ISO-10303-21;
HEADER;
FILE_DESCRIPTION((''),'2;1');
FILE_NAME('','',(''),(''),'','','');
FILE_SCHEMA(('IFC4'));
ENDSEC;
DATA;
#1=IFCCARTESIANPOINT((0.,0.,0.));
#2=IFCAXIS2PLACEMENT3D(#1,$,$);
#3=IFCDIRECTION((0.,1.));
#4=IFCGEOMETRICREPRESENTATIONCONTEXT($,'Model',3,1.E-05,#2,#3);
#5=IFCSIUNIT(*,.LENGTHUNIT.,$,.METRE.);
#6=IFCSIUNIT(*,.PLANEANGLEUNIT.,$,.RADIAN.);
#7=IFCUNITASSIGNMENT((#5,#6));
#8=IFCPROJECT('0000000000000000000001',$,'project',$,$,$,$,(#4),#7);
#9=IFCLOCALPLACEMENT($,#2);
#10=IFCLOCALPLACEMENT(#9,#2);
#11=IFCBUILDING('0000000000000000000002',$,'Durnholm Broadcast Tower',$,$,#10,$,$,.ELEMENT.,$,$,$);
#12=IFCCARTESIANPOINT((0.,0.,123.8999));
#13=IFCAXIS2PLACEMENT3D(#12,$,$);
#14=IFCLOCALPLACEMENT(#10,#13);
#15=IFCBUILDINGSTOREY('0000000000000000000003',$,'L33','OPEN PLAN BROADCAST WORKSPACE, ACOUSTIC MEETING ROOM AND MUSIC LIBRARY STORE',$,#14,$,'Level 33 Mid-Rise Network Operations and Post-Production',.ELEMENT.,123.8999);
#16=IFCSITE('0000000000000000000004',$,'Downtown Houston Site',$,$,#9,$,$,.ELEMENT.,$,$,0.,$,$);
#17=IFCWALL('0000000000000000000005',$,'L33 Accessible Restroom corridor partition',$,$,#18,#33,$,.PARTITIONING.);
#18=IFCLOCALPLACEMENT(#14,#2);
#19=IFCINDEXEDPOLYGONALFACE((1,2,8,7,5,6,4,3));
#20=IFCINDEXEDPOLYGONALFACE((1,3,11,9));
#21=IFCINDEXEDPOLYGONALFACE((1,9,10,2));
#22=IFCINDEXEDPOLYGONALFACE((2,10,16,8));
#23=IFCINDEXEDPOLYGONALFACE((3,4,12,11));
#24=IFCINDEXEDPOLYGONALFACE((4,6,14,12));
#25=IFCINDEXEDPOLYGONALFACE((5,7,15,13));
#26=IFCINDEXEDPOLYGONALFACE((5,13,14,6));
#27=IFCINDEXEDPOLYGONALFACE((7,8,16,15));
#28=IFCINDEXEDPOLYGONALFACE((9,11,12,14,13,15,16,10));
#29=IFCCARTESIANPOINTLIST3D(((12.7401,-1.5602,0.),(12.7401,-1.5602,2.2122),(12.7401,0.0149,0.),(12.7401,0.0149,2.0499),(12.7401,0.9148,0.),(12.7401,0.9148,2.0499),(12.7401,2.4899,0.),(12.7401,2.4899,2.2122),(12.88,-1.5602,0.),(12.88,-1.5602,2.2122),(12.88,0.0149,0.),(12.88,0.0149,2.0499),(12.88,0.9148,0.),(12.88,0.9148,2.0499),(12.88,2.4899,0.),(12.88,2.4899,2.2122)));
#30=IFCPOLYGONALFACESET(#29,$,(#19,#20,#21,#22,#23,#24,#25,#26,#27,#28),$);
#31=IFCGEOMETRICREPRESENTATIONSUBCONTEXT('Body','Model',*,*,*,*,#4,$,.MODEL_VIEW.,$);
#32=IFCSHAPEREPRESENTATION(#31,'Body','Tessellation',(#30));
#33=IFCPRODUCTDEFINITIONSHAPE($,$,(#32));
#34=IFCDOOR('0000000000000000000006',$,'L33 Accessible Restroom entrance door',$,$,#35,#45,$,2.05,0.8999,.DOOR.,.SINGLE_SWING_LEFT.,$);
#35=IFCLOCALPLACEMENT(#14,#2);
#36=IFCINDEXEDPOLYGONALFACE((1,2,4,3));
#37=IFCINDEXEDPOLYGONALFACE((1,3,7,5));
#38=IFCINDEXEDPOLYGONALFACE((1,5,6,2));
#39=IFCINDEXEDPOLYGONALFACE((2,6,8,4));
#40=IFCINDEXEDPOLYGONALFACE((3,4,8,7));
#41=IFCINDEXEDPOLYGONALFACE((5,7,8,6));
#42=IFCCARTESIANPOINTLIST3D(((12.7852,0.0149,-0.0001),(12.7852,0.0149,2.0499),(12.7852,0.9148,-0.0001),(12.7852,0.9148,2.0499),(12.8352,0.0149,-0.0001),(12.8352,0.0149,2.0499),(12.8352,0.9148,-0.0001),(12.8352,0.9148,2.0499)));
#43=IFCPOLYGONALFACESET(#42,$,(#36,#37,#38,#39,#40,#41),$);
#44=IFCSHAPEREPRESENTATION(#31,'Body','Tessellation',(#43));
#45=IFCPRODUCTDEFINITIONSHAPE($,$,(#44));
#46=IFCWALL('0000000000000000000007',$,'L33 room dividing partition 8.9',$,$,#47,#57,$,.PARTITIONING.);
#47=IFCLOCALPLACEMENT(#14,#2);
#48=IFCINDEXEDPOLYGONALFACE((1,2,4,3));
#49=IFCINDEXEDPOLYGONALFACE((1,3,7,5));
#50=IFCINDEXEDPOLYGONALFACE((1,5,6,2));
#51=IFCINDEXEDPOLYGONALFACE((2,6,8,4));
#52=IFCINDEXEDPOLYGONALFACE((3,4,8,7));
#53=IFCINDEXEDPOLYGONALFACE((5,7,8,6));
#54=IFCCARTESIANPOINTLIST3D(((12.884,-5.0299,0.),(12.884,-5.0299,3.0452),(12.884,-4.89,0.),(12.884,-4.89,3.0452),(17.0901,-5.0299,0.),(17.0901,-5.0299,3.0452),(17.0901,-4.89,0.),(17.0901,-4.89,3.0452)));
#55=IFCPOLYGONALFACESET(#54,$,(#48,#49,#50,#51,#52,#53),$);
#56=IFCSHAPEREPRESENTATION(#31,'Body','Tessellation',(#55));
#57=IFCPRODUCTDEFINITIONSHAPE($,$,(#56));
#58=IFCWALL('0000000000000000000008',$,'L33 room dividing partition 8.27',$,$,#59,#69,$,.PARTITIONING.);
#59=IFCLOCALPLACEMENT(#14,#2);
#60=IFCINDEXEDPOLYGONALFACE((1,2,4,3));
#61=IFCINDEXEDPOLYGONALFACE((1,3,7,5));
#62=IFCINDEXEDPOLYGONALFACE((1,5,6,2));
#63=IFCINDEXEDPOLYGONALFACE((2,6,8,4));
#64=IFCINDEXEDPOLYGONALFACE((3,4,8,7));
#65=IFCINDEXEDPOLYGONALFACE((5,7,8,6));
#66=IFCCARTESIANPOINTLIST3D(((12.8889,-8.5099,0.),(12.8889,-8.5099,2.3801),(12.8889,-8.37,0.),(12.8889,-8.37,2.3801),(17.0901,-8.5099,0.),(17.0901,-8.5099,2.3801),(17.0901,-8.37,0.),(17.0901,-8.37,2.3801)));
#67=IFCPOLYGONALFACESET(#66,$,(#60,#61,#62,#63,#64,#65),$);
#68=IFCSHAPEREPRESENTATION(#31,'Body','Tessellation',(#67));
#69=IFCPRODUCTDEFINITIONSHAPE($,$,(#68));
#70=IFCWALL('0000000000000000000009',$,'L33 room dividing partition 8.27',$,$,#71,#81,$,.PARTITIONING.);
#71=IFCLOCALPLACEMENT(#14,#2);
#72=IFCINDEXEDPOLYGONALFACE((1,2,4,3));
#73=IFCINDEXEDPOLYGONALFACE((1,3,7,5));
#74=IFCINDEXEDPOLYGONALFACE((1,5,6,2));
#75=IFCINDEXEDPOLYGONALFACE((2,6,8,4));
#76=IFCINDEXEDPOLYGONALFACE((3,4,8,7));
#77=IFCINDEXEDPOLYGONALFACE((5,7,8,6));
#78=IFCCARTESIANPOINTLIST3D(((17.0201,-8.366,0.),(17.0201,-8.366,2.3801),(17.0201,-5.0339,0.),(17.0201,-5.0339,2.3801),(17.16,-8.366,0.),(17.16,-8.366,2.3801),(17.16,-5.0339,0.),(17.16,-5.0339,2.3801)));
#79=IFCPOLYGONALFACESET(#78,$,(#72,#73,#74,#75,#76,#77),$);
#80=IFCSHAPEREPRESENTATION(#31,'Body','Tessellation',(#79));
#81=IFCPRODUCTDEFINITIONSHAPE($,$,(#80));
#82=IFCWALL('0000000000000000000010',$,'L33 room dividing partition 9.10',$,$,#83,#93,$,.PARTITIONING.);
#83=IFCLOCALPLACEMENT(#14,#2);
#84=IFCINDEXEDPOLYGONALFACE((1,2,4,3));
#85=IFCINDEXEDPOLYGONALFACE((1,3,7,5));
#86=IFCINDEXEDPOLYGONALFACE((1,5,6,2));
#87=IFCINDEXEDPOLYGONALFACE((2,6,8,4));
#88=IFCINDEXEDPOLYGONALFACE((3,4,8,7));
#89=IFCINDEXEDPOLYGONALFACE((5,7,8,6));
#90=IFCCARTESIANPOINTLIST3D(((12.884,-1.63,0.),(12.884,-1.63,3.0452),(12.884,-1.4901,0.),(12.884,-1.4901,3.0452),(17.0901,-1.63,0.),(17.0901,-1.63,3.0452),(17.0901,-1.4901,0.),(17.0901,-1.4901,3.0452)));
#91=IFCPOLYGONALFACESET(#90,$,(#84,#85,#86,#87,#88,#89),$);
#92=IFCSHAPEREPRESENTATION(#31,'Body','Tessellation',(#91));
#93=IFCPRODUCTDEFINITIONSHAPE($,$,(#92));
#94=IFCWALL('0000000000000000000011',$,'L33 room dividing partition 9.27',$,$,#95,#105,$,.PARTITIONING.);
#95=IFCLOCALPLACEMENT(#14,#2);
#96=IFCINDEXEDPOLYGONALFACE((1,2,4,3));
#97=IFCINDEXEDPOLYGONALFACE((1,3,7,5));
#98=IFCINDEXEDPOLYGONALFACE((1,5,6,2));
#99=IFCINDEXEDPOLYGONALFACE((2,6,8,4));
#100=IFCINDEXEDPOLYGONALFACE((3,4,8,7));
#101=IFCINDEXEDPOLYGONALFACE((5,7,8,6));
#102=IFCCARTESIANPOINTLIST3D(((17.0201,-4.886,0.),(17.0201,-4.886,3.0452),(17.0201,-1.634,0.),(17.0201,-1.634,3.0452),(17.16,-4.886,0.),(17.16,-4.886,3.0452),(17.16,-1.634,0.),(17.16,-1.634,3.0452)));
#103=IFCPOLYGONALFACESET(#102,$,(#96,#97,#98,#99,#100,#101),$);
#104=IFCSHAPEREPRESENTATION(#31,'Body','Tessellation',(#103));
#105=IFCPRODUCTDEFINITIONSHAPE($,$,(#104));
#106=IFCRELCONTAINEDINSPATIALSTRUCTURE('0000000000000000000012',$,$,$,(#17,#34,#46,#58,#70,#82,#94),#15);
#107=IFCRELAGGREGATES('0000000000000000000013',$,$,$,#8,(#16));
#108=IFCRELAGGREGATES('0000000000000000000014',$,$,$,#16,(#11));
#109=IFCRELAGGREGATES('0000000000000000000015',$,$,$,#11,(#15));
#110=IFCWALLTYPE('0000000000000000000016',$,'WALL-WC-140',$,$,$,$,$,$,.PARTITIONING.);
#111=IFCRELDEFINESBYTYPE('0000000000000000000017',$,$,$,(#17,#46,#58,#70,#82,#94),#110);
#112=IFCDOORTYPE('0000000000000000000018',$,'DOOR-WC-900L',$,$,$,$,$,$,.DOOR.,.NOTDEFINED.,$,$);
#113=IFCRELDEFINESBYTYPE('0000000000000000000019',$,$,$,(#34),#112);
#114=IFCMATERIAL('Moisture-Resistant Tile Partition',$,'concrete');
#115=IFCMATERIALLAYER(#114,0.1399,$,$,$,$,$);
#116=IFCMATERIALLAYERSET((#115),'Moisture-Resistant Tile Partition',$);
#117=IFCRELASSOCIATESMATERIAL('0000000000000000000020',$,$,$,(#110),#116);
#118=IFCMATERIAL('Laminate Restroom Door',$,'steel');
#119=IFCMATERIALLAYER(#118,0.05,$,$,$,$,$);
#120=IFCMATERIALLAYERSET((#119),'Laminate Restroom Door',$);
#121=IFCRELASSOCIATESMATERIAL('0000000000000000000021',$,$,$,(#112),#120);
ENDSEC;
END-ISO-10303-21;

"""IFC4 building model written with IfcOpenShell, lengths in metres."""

from ifc_helpers import new_model, si_unit, direction, frame, frame_2d, origin, place, context, subcontext, project, spatial, rectangle, extrude, source, transform, mapped, material, layer, layer_set, type_object, type_shapes, element, fill, save


model = new_model("IFC4")

# Units and contexts
model_context = context("Model", 3, precision=1e-05, world=origin(), true_north=direction((0.0, 1.0)))
body_context = subcontext(model_context, "Body", "Model", "MODEL_VIEW")
ifc_project = project(units=[si_unit("LENGTHUNIT", "METRE"), si_unit("PLANEANGLEUNIT", "RADIAN")], contexts=[model_context])

# Site, building, storey
site_placement = place(None, origin())
site = spatial("IfcSite", under=ifc_project, at=site_placement, Name="Downtown Houston Site", CompositionType="ELEMENT", RefElevation=0.0)
building_placement = place(site_placement, origin())
building = spatial("IfcBuilding", under=site, at=building_placement, Name="Durnholm Broadcast Tower", CompositionType="ELEMENT")
storey_placement = place(building_placement, frame((0.0, 0.0, 123.8999)))
storey = spatial("IfcBuildingStorey", under=building, at=storey_placement, Name="L33", Description="OPEN PLAN BROADCAST WORKSPACE, ACOUSTIC MEETING ROOM AND MUSIC LIBRARY STORE", LongName="Level 33 Mid-Rise Network Operations and Post-Production", CompositionType="ELEMENT", Elevation=123.8999)

# Wall, opening, door
ifc_material_1 = material(Name="Moisture-Resistant Tile Partition", Category="concrete")
ifc_layer_1 = layer(ifc_material_1, 0.1399)
ifc_layer_set_1 = layer_set([ifc_layer_1], Name="Moisture-Resistant Tile Partition")
wall_type = type_object("IfcWallType", Name="WALL-WC-140", PredefinedType="PARTITIONING", material=ifc_layer_set_1)
ifc_material_2 = material(Name="Laminate Restroom Door", Category="steel")
wall_1_placement = place(storey_placement, frame((12.8101, -1.5601, 0.0), z_axis=(0.0, 0.0, 1.0), x_axis=(0.0, 1.0, 0.0)))
wall_1 = element("IfcWall", 1, at=wall_1_placement, inside=storey, type_object=wall_type, Name="L33 Accessible Restroom corridor partition", PredefinedType="PARTITIONING", context=body_context, shape_type="SweptSolid", body=[
    extrude(rectangle(XDim=4.05, YDim=0.1399, at=frame_2d((2.0249, 0.0))), origin(), (0.0, 0.0, 1.0), 2.2122),
])
opening_1_placement = place(wall_1_placement, frame((1.575, 0.0, 0.0)))
opening_1 = element("IfcOpeningElement", 2, at=opening_1_placement, cuts=wall_1, PredefinedType="OPENING", context=body_context, shape_type="SweptSolid", body=[
    extrude(rectangle(XDim=0.8999, YDim=2.05, at=frame_2d((0.45, 1.0249))), frame((0.0, 0.0801, 0.0), z_axis=(0.0, -1.0, 0.0), x_axis=(1.0, 0.0, 0.0)), (0.0, 0.0, 1.0), 0.1599),
])
ifc_layer_2 = layer(ifc_material_2, 0.05)
ifc_layer_set_2 = layer_set([ifc_layer_2], Name="Laminate Restroom Door")
door_type_1 = type_object("IfcDoorType", Name="DOOR-WC-900L", OperationType="NOTDEFINED", PredefinedType="DOOR", material=ifc_layer_set_2)
shared_shape_1 = source(origin(), body_context, "Body", "SweptSolid", [
    extrude(rectangle(XDim=0.8999, YDim=2.05, at=frame_2d((0.45, 1.0249))), frame((0.0, 0.0249, 0.0), z_axis=(0.0, -1.0, 0.0), x_axis=(1.0, 0.0, 0.0)), (0.0, 0.0, 1.0), 0.05),
])
type_shapes(door_type_1, [shared_shape_1])
door_1_placement = place(opening_1_placement, origin())
door_1 = element("IfcDoor", 3, at=door_1_placement, inside=storey, type_object=door_type_1, Name="L33 Accessible Restroom entrance door", OperationType="SINGLE_SWING_LEFT", OverallHeight=2.05, OverallWidth=0.8999, PredefinedType="DOOR", context=body_context, shape_type="MappedRepresentation", body=[
    mapped(shared_shape_1, transform((0.0, 0.0, 0.0), x_axis=(1.0, 0.0, 0.0), y_axis=(0.0, 1.0, 0.0), z_axis=(0.0, 0.0, 1.0), scale=1.0)),
])
fill(opening_1, door_1)

# Walls
wall_2_placement = place(storey_placement, frame((12.884, -4.96, 0.0), z_axis=(0.0, 0.0, 1.0), x_axis=(1.0, 0.0, 0.0)))
element("IfcWall", 4, at=wall_2_placement, inside=storey, type_object=wall_type, Name="L33 room dividing partition 8.9", PredefinedType="PARTITIONING", context=body_context, shape_type="SweptSolid", body=[
    extrude(rectangle(XDim=4.2061, YDim=0.1399, at=frame_2d((2.103, 0.0))), origin(), (0.0, 0.0, 1.0), 3.0452),
])
wall_3_placement = place(storey_placement, frame((17.0901, -8.4399, 0.0), z_axis=(0.0, 0.0, 1.0), x_axis=(-1.0, 0.0, 0.0)))
element("IfcWall", 5, at=wall_3_placement, inside=storey, type_object=wall_type, Name="L33 room dividing partition 8.27", PredefinedType="PARTITIONING", context=body_context, shape_type="SweptSolid", body=[
    extrude(rectangle(XDim=4.2012, YDim=0.1399, at=frame_2d((2.1006, 0.0))), origin(), (0.0, 0.0, 1.0), 2.3801),
])
wall_4_placement = place(storey_placement, frame((17.0901, -5.0339, 0.0), z_axis=(0.0, 0.0, 1.0), x_axis=(0.0, -1.0, 0.0)))
element("IfcWall", 6, at=wall_4_placement, inside=storey, type_object=wall_type, Name="L33 room dividing partition 8.27", PredefinedType="PARTITIONING", context=body_context, shape_type="SweptSolid", body=[
    extrude(rectangle(XDim=3.332, YDim=0.1399, at=frame_2d((1.666, 0.0))), origin(), (0.0, 0.0, 1.0), 2.3801),
])
wall_5_placement = place(storey_placement, frame((12.884, -1.5601, 0.0), z_axis=(0.0, 0.0, 1.0), x_axis=(1.0, 0.0, 0.0)))
element("IfcWall", 7, at=wall_5_placement, inside=storey, type_object=wall_type, Name="L33 room dividing partition 9.10", PredefinedType="PARTITIONING", context=body_context, shape_type="SweptSolid", body=[
    extrude(rectangle(XDim=4.2061, YDim=0.1399, at=frame_2d((2.103, 0.0))), origin(), (0.0, 0.0, 1.0), 3.0452),
])
wall_6_placement = place(storey_placement, frame((17.0901, -1.634, 0.0), z_axis=(0.0, 0.0, 1.0), x_axis=(0.0, -1.0, 0.0)))
element("IfcWall", 8, at=wall_6_placement, inside=storey, type_object=wall_type, Name="L33 room dividing partition 9.27", PredefinedType="PARTITIONING", context=body_context, shape_type="SweptSolid", body=[
    extrude(rectangle(XDim=3.252, YDim=0.1399, at=frame_2d((1.626, 0.0))), origin(), (0.0, 0.0, 1.0), 3.0452),
])

save(model, "model.ifc")
